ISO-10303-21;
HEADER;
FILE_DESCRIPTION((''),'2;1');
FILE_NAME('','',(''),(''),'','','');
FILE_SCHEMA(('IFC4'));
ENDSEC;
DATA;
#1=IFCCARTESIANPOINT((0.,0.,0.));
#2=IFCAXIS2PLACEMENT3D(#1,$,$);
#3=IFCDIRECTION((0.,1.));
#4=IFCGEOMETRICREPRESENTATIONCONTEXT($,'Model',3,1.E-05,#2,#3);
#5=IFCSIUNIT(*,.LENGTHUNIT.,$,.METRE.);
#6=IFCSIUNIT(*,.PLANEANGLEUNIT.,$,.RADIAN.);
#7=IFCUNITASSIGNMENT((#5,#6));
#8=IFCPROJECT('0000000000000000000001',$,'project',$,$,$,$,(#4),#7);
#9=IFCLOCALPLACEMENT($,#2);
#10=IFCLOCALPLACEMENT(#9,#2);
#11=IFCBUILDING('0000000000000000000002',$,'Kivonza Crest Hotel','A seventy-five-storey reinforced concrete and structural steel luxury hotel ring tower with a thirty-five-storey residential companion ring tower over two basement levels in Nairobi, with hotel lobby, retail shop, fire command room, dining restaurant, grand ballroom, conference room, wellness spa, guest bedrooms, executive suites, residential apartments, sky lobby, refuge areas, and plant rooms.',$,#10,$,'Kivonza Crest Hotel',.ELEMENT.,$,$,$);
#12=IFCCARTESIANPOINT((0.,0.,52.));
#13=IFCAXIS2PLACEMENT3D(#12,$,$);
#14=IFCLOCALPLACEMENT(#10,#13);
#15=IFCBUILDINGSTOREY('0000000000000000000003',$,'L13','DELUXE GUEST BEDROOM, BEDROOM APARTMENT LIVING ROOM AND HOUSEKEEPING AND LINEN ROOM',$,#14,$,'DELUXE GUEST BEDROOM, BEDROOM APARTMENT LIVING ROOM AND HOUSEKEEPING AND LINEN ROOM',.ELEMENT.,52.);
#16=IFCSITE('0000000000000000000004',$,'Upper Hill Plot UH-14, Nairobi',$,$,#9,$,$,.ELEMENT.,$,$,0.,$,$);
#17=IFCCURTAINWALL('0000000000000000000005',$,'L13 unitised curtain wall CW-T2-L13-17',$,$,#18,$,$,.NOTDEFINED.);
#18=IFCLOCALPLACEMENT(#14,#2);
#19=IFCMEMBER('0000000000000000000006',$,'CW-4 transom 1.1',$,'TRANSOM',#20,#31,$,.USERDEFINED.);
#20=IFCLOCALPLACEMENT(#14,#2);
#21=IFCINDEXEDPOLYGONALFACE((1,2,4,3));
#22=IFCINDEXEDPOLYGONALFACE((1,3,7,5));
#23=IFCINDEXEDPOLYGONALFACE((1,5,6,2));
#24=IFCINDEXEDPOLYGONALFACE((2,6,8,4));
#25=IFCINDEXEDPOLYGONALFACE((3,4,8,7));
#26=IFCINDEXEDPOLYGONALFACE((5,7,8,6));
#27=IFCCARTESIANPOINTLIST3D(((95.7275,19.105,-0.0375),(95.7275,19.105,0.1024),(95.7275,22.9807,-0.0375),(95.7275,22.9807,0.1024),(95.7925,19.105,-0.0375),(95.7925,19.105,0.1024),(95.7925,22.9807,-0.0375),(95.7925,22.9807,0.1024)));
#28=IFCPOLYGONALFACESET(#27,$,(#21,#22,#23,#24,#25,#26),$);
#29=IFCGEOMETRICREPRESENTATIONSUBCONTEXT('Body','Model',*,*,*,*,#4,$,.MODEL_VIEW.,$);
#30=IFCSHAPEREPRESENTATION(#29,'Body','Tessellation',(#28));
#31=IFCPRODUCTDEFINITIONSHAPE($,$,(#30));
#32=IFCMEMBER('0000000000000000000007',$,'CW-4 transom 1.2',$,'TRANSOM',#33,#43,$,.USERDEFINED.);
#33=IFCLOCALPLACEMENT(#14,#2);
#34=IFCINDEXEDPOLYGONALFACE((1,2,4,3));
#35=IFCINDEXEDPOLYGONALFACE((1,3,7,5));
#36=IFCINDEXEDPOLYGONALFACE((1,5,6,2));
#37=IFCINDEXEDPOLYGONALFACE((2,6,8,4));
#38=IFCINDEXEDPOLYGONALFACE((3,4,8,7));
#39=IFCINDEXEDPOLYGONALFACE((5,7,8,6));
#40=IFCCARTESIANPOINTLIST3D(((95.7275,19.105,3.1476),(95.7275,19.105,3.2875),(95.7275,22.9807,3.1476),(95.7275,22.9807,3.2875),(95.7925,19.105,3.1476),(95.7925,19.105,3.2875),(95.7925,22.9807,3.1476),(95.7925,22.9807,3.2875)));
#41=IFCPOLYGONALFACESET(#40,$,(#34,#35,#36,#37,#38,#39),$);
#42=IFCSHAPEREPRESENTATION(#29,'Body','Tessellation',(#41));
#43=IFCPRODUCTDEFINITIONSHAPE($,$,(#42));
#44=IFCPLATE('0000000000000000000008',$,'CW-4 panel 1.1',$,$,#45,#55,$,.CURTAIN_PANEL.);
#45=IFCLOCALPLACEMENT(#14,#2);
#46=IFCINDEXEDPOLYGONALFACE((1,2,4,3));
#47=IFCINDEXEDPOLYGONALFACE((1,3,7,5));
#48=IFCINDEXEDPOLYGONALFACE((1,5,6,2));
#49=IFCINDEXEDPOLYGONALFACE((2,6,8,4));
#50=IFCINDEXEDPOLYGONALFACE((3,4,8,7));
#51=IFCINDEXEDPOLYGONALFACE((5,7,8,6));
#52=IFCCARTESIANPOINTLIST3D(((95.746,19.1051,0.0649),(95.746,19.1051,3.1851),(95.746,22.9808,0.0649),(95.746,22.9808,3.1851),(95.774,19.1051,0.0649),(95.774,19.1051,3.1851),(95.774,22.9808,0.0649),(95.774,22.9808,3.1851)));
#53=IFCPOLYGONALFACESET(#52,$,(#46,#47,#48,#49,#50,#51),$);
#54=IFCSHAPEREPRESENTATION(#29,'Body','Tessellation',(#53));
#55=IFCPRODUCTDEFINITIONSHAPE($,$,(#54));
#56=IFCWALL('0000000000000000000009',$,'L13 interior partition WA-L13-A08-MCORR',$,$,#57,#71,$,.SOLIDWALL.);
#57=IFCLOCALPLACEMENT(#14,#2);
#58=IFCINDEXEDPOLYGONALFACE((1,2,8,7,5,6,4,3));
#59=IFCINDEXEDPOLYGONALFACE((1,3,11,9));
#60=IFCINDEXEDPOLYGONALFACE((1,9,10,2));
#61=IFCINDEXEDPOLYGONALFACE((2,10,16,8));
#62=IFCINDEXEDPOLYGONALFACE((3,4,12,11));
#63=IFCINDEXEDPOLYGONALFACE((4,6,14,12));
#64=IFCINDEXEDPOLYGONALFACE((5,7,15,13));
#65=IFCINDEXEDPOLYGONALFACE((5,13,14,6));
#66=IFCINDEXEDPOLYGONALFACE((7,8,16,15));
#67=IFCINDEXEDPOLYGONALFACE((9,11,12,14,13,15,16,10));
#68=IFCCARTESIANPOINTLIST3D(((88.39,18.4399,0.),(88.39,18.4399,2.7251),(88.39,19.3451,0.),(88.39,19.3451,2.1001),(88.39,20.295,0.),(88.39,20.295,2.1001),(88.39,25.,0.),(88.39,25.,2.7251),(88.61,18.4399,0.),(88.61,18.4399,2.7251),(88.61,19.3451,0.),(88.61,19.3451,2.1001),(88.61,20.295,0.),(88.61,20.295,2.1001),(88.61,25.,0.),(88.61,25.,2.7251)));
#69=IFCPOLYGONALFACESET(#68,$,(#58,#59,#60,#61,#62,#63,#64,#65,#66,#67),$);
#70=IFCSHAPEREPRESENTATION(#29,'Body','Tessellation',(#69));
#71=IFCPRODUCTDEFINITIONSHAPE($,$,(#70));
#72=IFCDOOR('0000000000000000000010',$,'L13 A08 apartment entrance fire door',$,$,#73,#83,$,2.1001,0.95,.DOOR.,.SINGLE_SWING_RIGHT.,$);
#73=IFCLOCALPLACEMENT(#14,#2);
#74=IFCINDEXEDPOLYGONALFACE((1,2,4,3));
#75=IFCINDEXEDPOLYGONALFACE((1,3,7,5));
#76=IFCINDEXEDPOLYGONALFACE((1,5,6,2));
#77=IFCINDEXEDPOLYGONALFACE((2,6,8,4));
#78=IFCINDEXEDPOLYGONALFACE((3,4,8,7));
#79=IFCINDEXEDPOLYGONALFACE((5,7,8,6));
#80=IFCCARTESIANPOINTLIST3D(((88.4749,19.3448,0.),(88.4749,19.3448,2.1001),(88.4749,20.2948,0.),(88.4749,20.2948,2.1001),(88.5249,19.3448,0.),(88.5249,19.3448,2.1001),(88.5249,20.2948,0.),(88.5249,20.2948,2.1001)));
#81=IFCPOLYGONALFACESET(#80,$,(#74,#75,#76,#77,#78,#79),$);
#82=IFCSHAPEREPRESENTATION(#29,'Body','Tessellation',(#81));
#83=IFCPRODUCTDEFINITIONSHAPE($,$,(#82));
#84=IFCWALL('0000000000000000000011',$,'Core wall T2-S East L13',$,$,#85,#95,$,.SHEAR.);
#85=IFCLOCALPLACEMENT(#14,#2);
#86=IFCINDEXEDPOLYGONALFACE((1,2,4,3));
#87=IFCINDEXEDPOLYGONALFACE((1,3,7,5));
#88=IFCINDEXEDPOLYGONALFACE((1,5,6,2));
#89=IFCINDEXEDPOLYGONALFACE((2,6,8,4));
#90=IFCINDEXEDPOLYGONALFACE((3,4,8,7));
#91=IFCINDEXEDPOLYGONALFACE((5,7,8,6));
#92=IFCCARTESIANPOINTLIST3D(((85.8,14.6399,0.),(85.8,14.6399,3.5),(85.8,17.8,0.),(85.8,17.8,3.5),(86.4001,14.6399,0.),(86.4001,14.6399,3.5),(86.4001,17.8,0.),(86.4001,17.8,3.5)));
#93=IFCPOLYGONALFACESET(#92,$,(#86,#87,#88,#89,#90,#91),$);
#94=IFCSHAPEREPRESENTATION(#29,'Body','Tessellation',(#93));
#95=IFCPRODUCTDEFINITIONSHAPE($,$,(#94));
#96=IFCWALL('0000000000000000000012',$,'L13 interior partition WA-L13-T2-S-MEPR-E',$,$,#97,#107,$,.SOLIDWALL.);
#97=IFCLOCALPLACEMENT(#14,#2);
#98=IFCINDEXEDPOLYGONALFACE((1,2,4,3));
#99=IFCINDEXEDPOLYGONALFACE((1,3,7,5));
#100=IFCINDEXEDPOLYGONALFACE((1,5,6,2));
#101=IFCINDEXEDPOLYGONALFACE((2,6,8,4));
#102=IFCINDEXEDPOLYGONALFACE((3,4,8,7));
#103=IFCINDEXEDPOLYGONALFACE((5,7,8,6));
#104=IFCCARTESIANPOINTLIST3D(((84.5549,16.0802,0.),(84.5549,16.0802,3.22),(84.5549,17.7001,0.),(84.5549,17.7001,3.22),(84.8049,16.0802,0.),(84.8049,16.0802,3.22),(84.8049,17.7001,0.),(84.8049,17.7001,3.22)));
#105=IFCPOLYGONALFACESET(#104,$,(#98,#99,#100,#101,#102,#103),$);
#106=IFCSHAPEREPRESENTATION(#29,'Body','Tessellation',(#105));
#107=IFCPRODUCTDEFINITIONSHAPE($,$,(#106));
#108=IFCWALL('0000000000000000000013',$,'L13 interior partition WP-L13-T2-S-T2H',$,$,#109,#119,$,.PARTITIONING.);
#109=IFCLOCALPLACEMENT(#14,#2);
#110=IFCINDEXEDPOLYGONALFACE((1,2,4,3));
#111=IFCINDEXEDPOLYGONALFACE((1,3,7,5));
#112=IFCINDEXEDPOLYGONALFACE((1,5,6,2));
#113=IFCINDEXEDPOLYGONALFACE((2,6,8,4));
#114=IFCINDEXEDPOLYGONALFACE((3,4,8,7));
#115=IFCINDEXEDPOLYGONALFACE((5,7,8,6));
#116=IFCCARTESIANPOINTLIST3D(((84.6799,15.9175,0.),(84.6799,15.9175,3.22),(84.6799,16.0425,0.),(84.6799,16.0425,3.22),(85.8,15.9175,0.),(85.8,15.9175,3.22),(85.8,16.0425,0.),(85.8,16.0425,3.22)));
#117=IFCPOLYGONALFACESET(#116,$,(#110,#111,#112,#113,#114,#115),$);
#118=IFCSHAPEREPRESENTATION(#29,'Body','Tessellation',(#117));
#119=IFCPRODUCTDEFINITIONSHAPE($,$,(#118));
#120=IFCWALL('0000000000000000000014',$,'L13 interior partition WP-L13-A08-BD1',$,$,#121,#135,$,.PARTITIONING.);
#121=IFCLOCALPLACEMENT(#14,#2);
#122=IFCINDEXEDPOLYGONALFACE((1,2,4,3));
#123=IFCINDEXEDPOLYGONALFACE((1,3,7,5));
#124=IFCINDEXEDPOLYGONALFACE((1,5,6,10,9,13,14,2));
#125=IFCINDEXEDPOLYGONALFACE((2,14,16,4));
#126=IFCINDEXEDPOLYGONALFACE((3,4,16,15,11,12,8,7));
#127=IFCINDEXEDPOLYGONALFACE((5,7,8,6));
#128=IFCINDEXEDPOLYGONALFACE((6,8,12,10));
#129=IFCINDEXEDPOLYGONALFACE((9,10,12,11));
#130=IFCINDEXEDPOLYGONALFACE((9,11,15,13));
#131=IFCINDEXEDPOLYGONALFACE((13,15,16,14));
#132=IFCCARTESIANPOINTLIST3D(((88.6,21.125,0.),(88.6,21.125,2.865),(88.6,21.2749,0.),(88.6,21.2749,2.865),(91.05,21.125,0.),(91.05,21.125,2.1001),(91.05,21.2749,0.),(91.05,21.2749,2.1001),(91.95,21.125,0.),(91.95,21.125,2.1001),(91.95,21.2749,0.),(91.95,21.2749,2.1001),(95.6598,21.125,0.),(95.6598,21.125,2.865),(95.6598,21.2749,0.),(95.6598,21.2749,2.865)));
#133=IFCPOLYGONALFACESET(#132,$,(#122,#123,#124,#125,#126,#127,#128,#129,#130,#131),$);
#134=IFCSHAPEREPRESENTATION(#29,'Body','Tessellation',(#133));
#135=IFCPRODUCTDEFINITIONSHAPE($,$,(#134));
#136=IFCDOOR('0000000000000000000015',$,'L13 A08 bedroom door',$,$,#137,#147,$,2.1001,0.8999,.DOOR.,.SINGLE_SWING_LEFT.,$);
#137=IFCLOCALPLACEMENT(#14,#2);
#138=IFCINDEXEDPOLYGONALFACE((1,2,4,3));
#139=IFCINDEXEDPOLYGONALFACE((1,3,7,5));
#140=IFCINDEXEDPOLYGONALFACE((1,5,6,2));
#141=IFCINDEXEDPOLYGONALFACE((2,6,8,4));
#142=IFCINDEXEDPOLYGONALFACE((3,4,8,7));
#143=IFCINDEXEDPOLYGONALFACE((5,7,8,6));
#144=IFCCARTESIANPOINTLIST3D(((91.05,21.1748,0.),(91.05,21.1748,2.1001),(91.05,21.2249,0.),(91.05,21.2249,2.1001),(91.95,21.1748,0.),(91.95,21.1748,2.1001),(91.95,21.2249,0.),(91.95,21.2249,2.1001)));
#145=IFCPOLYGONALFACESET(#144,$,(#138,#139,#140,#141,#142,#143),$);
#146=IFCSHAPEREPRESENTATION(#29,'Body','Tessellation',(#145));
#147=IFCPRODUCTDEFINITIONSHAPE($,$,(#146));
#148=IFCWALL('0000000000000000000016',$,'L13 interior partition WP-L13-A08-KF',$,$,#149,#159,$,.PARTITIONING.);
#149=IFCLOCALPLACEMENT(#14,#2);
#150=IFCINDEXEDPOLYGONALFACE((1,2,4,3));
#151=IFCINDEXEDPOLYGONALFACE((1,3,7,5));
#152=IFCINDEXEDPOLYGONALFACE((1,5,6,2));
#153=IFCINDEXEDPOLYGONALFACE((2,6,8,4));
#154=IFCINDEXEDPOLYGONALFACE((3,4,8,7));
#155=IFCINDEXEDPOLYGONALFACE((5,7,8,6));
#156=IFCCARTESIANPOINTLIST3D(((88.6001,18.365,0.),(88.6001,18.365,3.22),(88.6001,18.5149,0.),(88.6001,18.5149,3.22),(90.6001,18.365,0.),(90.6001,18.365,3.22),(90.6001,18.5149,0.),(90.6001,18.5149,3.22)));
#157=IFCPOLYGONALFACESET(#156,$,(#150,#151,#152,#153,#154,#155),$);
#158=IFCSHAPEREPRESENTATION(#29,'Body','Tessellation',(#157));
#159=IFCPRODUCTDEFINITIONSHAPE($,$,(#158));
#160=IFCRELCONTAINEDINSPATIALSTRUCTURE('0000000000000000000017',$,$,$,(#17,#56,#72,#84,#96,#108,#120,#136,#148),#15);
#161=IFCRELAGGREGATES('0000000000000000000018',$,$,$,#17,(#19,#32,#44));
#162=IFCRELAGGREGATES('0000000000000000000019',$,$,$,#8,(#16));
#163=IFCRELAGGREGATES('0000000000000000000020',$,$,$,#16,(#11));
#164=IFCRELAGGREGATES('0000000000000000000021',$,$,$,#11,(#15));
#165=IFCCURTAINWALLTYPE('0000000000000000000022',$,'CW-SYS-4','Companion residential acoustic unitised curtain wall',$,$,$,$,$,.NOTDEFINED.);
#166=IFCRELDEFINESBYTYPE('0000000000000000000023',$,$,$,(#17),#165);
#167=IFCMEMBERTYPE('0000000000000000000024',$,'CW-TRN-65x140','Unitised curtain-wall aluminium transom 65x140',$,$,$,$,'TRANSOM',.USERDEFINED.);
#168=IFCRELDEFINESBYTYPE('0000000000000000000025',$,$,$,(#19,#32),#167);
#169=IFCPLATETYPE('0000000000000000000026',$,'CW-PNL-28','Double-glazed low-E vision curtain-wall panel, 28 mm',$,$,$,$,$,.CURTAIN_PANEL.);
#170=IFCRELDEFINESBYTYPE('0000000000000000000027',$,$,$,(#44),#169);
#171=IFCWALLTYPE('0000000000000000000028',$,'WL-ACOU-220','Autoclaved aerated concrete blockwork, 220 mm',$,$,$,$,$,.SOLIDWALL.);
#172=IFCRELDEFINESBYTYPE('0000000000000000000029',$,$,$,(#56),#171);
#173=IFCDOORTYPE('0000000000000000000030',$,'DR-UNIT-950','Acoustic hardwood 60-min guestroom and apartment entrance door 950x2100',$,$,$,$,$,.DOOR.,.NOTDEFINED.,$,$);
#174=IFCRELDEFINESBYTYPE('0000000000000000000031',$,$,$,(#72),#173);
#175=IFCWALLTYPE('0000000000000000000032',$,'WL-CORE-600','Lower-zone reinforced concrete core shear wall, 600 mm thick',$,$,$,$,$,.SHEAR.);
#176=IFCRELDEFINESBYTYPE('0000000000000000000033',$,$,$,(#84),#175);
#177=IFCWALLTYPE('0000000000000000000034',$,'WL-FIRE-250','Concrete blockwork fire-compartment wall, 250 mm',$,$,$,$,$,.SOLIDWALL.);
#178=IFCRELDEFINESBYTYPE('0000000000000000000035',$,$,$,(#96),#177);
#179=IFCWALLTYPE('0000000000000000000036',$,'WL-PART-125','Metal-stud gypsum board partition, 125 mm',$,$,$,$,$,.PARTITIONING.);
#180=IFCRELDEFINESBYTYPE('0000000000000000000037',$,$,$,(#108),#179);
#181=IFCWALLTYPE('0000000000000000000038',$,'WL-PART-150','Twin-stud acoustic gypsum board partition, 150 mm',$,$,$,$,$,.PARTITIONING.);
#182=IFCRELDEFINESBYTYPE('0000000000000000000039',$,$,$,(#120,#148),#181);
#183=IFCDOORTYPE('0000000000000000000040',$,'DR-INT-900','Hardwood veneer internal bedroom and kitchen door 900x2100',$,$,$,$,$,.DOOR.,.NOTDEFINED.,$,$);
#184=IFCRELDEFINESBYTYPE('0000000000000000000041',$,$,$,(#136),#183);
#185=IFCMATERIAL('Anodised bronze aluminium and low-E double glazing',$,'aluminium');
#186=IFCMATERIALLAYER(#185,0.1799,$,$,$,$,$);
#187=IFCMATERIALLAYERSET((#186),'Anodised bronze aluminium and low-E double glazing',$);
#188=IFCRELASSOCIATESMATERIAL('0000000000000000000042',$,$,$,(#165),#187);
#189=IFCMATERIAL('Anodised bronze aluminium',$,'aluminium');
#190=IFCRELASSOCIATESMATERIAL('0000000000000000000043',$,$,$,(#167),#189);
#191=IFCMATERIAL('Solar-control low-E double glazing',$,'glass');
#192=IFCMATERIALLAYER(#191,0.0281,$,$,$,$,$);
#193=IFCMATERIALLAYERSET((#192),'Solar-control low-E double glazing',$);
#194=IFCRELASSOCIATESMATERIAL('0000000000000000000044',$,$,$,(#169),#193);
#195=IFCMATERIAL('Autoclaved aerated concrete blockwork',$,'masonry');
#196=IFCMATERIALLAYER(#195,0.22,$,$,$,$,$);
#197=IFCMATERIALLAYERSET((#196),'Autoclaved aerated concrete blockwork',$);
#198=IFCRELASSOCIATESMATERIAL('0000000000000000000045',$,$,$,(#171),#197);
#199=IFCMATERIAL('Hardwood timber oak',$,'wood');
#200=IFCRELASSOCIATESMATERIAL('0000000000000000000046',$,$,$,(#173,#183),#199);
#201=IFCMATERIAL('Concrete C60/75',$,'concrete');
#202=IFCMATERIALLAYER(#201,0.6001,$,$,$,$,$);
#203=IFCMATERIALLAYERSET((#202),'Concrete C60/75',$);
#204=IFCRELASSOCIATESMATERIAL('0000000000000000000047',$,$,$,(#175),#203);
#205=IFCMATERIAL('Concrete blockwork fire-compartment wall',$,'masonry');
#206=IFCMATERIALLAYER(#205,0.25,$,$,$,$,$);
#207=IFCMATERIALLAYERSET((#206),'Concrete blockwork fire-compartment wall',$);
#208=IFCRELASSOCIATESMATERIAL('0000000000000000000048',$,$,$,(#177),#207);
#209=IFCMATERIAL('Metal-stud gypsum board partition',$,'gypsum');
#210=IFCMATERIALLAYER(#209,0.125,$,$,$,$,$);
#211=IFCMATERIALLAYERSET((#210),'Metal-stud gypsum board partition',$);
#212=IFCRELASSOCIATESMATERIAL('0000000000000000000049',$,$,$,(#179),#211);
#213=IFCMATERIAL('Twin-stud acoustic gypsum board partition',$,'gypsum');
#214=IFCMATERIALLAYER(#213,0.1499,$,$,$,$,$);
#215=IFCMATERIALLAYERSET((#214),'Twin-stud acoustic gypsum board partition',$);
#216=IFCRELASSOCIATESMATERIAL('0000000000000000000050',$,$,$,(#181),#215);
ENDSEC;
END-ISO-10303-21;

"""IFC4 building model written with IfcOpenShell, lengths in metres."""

from ifc_helpers import new_model, si_unit, direction, frame, frame_2d, origin, origin_2d, place, context, subcontext, project, spatial, rectangle, extrude, material, layer, layer_set, material_profile, profile_set, type_object, element, fill, aggregate, save


model = new_model("IFC4")

# Units and contexts
model_context = context("Model", 3, precision=1e-05, world=origin(), true_north=direction((0.0, 1.0)))
body_context = subcontext(model_context, "Body", "Model", "MODEL_VIEW")
ifc_project = project(units=[si_unit("LENGTHUNIT", "METRE"), si_unit("PLANEANGLEUNIT", "RADIAN")], contexts=[model_context])

# Site, building, storey
site_placement = place(None, origin())
site = spatial("IfcSite", under=ifc_project, at=site_placement, Name="Upper Hill Plot UH-14, Nairobi", CompositionType="ELEMENT", RefElevation=0.0)
building_placement = place(site_placement, origin())
building = spatial("IfcBuilding", under=site, at=building_placement, Name="Kivonza Crest Hotel", Description="A seventy-five-storey reinforced concrete and structural steel luxury hotel ring tower with a thirty-five-storey residential companion ring tower over two basement levels in Nairobi, with hotel lobby, retail shop, fire command room, dining restaurant, grand ballroom, conference room, wellness spa, guest bedrooms, executive suites, residential apartments, sky lobby, refuge areas, and plant rooms.", LongName="Kivonza Crest Hotel", CompositionType="ELEMENT")
storey_placement = place(building_placement, frame((0.0, 0.0, 52.0)))
storey = spatial("IfcBuildingStorey", under=building, at=storey_placement, Name="L13", Description="DELUXE GUEST BEDROOM, BEDROOM APARTMENT LIVING ROOM AND HOUSEKEEPING AND LINEN ROOM", LongName="DELUXE GUEST BEDROOM, BEDROOM APARTMENT LIVING ROOM AND HOUSEKEEPING AND LINEN ROOM", CompositionType="ELEMENT", Elevation=52.0)

# Curtain wall, members, plate
ifc_material_1 = material(Name="Anodised bronze aluminium and low-E double glazing", Category="aluminium")
ifc_layer_1 = layer(ifc_material_1, 0.1799)
ifc_layer_set_1 = layer_set([ifc_layer_1], Name="Anodised bronze aluminium and low-E double glazing")
curtain_wall_type = type_object("IfcCurtainWallType", Name="CW-SYS-4", Description="Companion residential acoustic unitised curtain wall", PredefinedType="NOTDEFINED", material=ifc_layer_set_1)
curtain_wall_placement = place(storey_placement, origin())
curtain_wall = element("IfcCurtainWall", 1, at=curtain_wall_placement, inside=storey, type_object=curtain_wall_type, Name="L13 unitised curtain wall CW-T2-L13-17", PredefinedType="NOTDEFINED")
ifc_material_2 = material(Name="Anodised bronze aluminium", Category="aluminium")
ifc_material_profile_1 = material_profile(ifc_material_2, rectangle(XDim=0.0649, YDim=0.1399, at=origin_2d()), Name="CW-T 65x140")
ifc_profile_set_1 = profile_set([ifc_material_profile_1], Name="Anodised bronze aluminium")
member_type_1 = type_object("IfcMemberType", Name="CW-TRN-65x140", Description="Unitised curtain-wall aluminium transom 65x140", ElementType="TRANSOM", PredefinedType="USERDEFINED", material=ifc_profile_set_1)
member_1_placement = place(storey_placement, frame((95.76, 19.105, 0.0325), z_axis=(0.0, 1.0, 0.0), x_axis=(-1.0, 0.0, 0.0)))
member_1 = element("IfcMember", 2, at=member_1_placement, type_object=member_type_1, Name="CW-4 transom 1.1", ObjectType="TRANSOM", PredefinedType="USERDEFINED", context=body_context, shape_type="SweptSolid", body=[
    extrude(rectangle(XDim=0.0649, YDim=0.1399, at=origin_2d()), origin(), (0.0, 0.0, 1.0), 3.8757),
])
member_2_placement = place(storey_placement, frame((95.76, 19.105, 3.2175), z_axis=(0.0, 1.0, 0.0), x_axis=(-1.0, 0.0, 0.0)))
member_2 = element("IfcMember", 3, at=member_2_placement, type_object=member_type_1, Name="CW-4 transom 1.2", ObjectType="TRANSOM", PredefinedType="USERDEFINED", context=body_context, shape_type="SweptSolid", body=[
    extrude(rectangle(XDim=0.0649, YDim=0.1399, at=origin_2d()), origin(), (0.0, 0.0, 1.0), 3.8757),
])
ifc_material_3 = material(Name="Solar-control low-E double glazing", Category="glass")
ifc_layer_2 = layer(ifc_material_3, 0.0281)
ifc_layer_set_2 = layer_set([ifc_layer_2], Name="Solar-control low-E double glazing")
plate_type = type_object("IfcPlateType", Name="CW-PNL-28", Description="Double-glazed low-E vision curtain-wall panel, 28 mm", PredefinedType="CURTAIN_PANEL", material=ifc_layer_set_2)
plate_placement = place(storey_placement, frame((95.76, 21.043, 0.0649), z_axis=(0.0, 0.0, 1.0), x_axis=(0.0, 1.0, 0.0)))
plate = element("IfcPlate", 4, at=plate_placement, type_object=plate_type, Name="CW-4 panel 1.1", PredefinedType="CURTAIN_PANEL", context=body_context, shape_type="SweptSolid", body=[
    extrude(rectangle(XDim=3.8757, YDim=0.0281, at=origin_2d()), origin(), (0.0, 0.0, 1.0), 3.1201),
])
aggregate(curtain_wall, [member_1, member_2, plate])

# Wall, opening, door
ifc_material_4 = material(Name="Autoclaved aerated concrete blockwork", Category="masonry")
ifc_layer_3 = layer(ifc_material_4, 0.22)
ifc_layer_set_3 = layer_set([ifc_layer_3], Name="Autoclaved aerated concrete blockwork")
wall_type_1 = type_object("IfcWallType", Name="WL-ACOU-220", Description="Autoclaved aerated concrete blockwork, 220 mm", PredefinedType="SOLIDWALL", material=ifc_layer_set_3)
wall_1_placement = place(storey_placement, frame((88.5, 18.4399, 0.0), z_axis=(0.0, 0.0, 1.0), x_axis=(0.0, 1.0, 0.0)))
wall_1 = element("IfcWall", 5, at=wall_1_placement, inside=storey, type_object=wall_type_1, Name="L13 interior partition WA-L13-A08-MCORR", PredefinedType="SOLIDWALL", context=body_context, shape_type="SweptSolid", body=[
    extrude(rectangle(XDim=6.5601, YDim=0.22, at=frame_2d((3.28, 0.0))), origin(), (0.0, 0.0, 1.0), 2.7251),
])
opening_1_placement = place(wall_1_placement, frame((0.905, 0.0, 0.0)))
opening_1 = element("IfcOpeningElement", 6, at=opening_1_placement, cuts=wall_1, PredefinedType="OPENING", context=body_context, shape_type="SweptSolid", body=[
    extrude(rectangle(XDim=0.95, YDim=2.1001, at=frame_2d((0.4751, 1.05))), frame((0.0, 0.1201, 0.0), z_axis=(0.0, -1.0, 0.0), x_axis=(1.0, 0.0, 0.0)), (0.0, 0.0, 1.0), 0.24),
])
ifc_material_5 = material(Name="Hardwood timber oak", Category="wood")
door_type_1 = type_object("IfcDoorType", Name="DR-UNIT-950", Description="Acoustic hardwood 60-min guestroom and apartment entrance door 950x2100", OperationType="NOTDEFINED", PredefinedType="DOOR", material=ifc_material_5)
door_1_placement = place(opening_1_placement, frame((0.95, 0.0, 0.0), z_axis=(0.0, 0.0, 1.0), x_axis=(-1.0, 0.0, 0.0)))
door_1 = element("IfcDoor", 7, at=door_1_placement, inside=storey, type_object=door_type_1, Name="L13 A08 apartment entrance fire door", OperationType="SINGLE_SWING_RIGHT", OverallHeight=2.1001, OverallWidth=0.95, PredefinedType="DOOR", context=body_context, shape_type="SweptSolid", body=[
    extrude(rectangle(XDim=0.95, YDim=2.1001, at=frame_2d((0.4751, 1.05))), frame((0.0, 0.0249, 0.0), z_axis=(0.0, -1.0, 0.0), x_axis=(1.0, 0.0, 0.0)), (0.0, 0.0, 1.0), 0.05),
])
fill(opening_1, door_1)

# Walls
ifc_material_6 = material(Name="Concrete C60/75", Category="concrete")
ifc_layer_4 = layer(ifc_material_6, 0.6001)
ifc_layer_set_4 = layer_set([ifc_layer_4], Name="Concrete C60/75")
wall_type_2 = type_object("IfcWallType", Name="WL-CORE-600", Description="Lower-zone reinforced concrete core shear wall, 600 mm thick", PredefinedType="SHEAR", material=ifc_layer_set_4)
wall_2_placement = place(storey_placement, frame((86.1001, 14.6399, 0.0), z_axis=(0.0, 0.0, 1.0), x_axis=(0.0, 1.0, 0.0)))
element("IfcWall", 8, at=wall_2_placement, inside=storey, type_object=wall_type_2, Name="Core wall T2-S East L13", PredefinedType="SHEAR", context=body_context, shape_type="SweptSolid", body=[
    extrude(rectangle(XDim=3.1602, YDim=0.6001, at=frame_2d((1.5801, 0.0))), origin(), (0.0, 0.0, 1.0), 3.5),
])
ifc_material_7 = material(Name="Concrete blockwork fire-compartment wall", Category="masonry")
ifc_layer_5 = layer(ifc_material_7, 0.25)
ifc_layer_set_5 = layer_set([ifc_layer_5], Name="Concrete blockwork fire-compartment wall")
wall_type_3 = type_object("IfcWallType", Name="WL-FIRE-250", Description="Concrete blockwork fire-compartment wall, 250 mm", PredefinedType="SOLIDWALL", material=ifc_layer_set_5)
wall_3_placement = place(storey_placement, frame((84.6799, 16.0801, 0.0), z_axis=(0.0, 0.0, 1.0), x_axis=(0.0, 1.0, 0.0)))
element("IfcWall", 9, at=wall_3_placement, inside=storey, type_object=wall_type_3, Name="L13 interior partition WA-L13-T2-S-MEPR-E", PredefinedType="SOLIDWALL", context=body_context, shape_type="SweptSolid", body=[
    extrude(rectangle(XDim=1.6199, YDim=0.25, at=frame_2d((0.8101, 0.0))), origin(), (0.0, 0.0, 1.0), 3.22),
])
ifc_material_8 = material(Name="Metal-stud gypsum board partition", Category="gypsum")
ifc_layer_6 = layer(ifc_material_8, 0.125)
ifc_layer_set_6 = layer_set([ifc_layer_6], Name="Metal-stud gypsum board partition")
wall_type_4 = type_object("IfcWallType", Name="WL-PART-125", Description="Metal-stud gypsum board partition, 125 mm", PredefinedType="PARTITIONING", material=ifc_layer_set_6)
wall_4_placement = place(storey_placement, frame((84.6799, 15.98, 0.0), z_axis=(0.0, 0.0, 1.0), x_axis=(1.0, 0.0, 0.0)))
element("IfcWall", 10, at=wall_4_placement, inside=storey, type_object=wall_type_4, Name="L13 interior partition WP-L13-T2-S-T2H", PredefinedType="PARTITIONING", context=body_context, shape_type="SweptSolid", body=[
    extrude(rectangle(XDim=1.1201, YDim=0.125, at=frame_2d((0.5601, 0.0))), origin(), (0.0, 0.0, 1.0), 3.22),
])

# Wall, opening, door
ifc_material_9 = material(Name="Twin-stud acoustic gypsum board partition", Category="gypsum")
ifc_layer_7 = layer(ifc_material_9, 0.1499)
ifc_layer_set_7 = layer_set([ifc_layer_7], Name="Twin-stud acoustic gypsum board partition")
wall_type_5 = type_object("IfcWallType", Name="WL-PART-150", Description="Twin-stud acoustic gypsum board partition, 150 mm", PredefinedType="PARTITIONING", material=ifc_layer_set_7)
wall_5_placement = place(storey_placement, frame((88.6001, 21.2, 0.0), z_axis=(0.0, 0.0, 1.0), x_axis=(1.0, 0.0, 0.0)))
wall_5 = element("IfcWall", 11, at=wall_5_placement, inside=storey, type_object=wall_type_5, Name="L13 interior partition WP-L13-A08-BD1", PredefinedType="PARTITIONING", context=body_context, shape_type="SweptSolid", body=[
    extrude(rectangle(XDim=7.0598, YDim=0.1499, at=frame_2d((3.5298, 0.0))), origin(), (0.0, 0.0, 1.0), 2.865),
])
opening_2_placement = place(wall_5_placement, frame((2.45, 0.0, 0.0)))
opening_2 = element("IfcOpeningElement", 12, at=opening_2_placement, cuts=wall_5, PredefinedType="OPENING", context=body_context, shape_type="SweptSolid", body=[
    extrude(rectangle(XDim=0.8999, YDim=2.1001, at=frame_2d((0.45, 1.05))), frame((0.0, 0.085, 0.0), z_axis=(0.0, -1.0, 0.0), x_axis=(1.0, 0.0, 0.0)), (0.0, 0.0, 1.0), 0.1699),
])
door_type_2 = type_object("IfcDoorType", Name="DR-INT-900", Description="Hardwood veneer internal bedroom and kitchen door 900x2100", OperationType="NOTDEFINED", PredefinedType="DOOR", material=ifc_material_5)
door_2_placement = place(opening_2_placement, origin())
door_2 = element("IfcDoor", 13, at=door_2_placement, inside=storey, type_object=door_type_2, Name="L13 A08 bedroom door", OperationType="SINGLE_SWING_LEFT", OverallHeight=2.1001, OverallWidth=0.8999, PredefinedType="DOOR", context=body_context, shape_type="SweptSolid", body=[
    extrude(rectangle(XDim=0.8999, YDim=2.1001, at=frame_2d((0.45, 1.05))), frame((0.0, 0.0249, 0.0), z_axis=(0.0, -1.0, 0.0), x_axis=(1.0, 0.0, 0.0)), (0.0, 0.0, 1.0), 0.05),
])
fill(opening_2, door_2)

# Wall
wall_6_placement = place(storey_placement, frame((88.6001, 18.4399, 0.0), z_axis=(0.0, 0.0, 1.0), x_axis=(1.0, 0.0, 0.0)))
element("IfcWall", 14, at=wall_6_placement, inside=storey, type_object=wall_type_5, Name="L13 interior partition WP-L13-A08-KF", PredefinedType="PARTITIONING", context=body_context, shape_type="SweptSolid", body=[
    extrude(rectangle(XDim=2.0, YDim=0.1499, at=frame_2d((1.0, 0.0))), origin(), (0.0, 0.0, 1.0), 3.22),
])

save(model, "model.ifc")
